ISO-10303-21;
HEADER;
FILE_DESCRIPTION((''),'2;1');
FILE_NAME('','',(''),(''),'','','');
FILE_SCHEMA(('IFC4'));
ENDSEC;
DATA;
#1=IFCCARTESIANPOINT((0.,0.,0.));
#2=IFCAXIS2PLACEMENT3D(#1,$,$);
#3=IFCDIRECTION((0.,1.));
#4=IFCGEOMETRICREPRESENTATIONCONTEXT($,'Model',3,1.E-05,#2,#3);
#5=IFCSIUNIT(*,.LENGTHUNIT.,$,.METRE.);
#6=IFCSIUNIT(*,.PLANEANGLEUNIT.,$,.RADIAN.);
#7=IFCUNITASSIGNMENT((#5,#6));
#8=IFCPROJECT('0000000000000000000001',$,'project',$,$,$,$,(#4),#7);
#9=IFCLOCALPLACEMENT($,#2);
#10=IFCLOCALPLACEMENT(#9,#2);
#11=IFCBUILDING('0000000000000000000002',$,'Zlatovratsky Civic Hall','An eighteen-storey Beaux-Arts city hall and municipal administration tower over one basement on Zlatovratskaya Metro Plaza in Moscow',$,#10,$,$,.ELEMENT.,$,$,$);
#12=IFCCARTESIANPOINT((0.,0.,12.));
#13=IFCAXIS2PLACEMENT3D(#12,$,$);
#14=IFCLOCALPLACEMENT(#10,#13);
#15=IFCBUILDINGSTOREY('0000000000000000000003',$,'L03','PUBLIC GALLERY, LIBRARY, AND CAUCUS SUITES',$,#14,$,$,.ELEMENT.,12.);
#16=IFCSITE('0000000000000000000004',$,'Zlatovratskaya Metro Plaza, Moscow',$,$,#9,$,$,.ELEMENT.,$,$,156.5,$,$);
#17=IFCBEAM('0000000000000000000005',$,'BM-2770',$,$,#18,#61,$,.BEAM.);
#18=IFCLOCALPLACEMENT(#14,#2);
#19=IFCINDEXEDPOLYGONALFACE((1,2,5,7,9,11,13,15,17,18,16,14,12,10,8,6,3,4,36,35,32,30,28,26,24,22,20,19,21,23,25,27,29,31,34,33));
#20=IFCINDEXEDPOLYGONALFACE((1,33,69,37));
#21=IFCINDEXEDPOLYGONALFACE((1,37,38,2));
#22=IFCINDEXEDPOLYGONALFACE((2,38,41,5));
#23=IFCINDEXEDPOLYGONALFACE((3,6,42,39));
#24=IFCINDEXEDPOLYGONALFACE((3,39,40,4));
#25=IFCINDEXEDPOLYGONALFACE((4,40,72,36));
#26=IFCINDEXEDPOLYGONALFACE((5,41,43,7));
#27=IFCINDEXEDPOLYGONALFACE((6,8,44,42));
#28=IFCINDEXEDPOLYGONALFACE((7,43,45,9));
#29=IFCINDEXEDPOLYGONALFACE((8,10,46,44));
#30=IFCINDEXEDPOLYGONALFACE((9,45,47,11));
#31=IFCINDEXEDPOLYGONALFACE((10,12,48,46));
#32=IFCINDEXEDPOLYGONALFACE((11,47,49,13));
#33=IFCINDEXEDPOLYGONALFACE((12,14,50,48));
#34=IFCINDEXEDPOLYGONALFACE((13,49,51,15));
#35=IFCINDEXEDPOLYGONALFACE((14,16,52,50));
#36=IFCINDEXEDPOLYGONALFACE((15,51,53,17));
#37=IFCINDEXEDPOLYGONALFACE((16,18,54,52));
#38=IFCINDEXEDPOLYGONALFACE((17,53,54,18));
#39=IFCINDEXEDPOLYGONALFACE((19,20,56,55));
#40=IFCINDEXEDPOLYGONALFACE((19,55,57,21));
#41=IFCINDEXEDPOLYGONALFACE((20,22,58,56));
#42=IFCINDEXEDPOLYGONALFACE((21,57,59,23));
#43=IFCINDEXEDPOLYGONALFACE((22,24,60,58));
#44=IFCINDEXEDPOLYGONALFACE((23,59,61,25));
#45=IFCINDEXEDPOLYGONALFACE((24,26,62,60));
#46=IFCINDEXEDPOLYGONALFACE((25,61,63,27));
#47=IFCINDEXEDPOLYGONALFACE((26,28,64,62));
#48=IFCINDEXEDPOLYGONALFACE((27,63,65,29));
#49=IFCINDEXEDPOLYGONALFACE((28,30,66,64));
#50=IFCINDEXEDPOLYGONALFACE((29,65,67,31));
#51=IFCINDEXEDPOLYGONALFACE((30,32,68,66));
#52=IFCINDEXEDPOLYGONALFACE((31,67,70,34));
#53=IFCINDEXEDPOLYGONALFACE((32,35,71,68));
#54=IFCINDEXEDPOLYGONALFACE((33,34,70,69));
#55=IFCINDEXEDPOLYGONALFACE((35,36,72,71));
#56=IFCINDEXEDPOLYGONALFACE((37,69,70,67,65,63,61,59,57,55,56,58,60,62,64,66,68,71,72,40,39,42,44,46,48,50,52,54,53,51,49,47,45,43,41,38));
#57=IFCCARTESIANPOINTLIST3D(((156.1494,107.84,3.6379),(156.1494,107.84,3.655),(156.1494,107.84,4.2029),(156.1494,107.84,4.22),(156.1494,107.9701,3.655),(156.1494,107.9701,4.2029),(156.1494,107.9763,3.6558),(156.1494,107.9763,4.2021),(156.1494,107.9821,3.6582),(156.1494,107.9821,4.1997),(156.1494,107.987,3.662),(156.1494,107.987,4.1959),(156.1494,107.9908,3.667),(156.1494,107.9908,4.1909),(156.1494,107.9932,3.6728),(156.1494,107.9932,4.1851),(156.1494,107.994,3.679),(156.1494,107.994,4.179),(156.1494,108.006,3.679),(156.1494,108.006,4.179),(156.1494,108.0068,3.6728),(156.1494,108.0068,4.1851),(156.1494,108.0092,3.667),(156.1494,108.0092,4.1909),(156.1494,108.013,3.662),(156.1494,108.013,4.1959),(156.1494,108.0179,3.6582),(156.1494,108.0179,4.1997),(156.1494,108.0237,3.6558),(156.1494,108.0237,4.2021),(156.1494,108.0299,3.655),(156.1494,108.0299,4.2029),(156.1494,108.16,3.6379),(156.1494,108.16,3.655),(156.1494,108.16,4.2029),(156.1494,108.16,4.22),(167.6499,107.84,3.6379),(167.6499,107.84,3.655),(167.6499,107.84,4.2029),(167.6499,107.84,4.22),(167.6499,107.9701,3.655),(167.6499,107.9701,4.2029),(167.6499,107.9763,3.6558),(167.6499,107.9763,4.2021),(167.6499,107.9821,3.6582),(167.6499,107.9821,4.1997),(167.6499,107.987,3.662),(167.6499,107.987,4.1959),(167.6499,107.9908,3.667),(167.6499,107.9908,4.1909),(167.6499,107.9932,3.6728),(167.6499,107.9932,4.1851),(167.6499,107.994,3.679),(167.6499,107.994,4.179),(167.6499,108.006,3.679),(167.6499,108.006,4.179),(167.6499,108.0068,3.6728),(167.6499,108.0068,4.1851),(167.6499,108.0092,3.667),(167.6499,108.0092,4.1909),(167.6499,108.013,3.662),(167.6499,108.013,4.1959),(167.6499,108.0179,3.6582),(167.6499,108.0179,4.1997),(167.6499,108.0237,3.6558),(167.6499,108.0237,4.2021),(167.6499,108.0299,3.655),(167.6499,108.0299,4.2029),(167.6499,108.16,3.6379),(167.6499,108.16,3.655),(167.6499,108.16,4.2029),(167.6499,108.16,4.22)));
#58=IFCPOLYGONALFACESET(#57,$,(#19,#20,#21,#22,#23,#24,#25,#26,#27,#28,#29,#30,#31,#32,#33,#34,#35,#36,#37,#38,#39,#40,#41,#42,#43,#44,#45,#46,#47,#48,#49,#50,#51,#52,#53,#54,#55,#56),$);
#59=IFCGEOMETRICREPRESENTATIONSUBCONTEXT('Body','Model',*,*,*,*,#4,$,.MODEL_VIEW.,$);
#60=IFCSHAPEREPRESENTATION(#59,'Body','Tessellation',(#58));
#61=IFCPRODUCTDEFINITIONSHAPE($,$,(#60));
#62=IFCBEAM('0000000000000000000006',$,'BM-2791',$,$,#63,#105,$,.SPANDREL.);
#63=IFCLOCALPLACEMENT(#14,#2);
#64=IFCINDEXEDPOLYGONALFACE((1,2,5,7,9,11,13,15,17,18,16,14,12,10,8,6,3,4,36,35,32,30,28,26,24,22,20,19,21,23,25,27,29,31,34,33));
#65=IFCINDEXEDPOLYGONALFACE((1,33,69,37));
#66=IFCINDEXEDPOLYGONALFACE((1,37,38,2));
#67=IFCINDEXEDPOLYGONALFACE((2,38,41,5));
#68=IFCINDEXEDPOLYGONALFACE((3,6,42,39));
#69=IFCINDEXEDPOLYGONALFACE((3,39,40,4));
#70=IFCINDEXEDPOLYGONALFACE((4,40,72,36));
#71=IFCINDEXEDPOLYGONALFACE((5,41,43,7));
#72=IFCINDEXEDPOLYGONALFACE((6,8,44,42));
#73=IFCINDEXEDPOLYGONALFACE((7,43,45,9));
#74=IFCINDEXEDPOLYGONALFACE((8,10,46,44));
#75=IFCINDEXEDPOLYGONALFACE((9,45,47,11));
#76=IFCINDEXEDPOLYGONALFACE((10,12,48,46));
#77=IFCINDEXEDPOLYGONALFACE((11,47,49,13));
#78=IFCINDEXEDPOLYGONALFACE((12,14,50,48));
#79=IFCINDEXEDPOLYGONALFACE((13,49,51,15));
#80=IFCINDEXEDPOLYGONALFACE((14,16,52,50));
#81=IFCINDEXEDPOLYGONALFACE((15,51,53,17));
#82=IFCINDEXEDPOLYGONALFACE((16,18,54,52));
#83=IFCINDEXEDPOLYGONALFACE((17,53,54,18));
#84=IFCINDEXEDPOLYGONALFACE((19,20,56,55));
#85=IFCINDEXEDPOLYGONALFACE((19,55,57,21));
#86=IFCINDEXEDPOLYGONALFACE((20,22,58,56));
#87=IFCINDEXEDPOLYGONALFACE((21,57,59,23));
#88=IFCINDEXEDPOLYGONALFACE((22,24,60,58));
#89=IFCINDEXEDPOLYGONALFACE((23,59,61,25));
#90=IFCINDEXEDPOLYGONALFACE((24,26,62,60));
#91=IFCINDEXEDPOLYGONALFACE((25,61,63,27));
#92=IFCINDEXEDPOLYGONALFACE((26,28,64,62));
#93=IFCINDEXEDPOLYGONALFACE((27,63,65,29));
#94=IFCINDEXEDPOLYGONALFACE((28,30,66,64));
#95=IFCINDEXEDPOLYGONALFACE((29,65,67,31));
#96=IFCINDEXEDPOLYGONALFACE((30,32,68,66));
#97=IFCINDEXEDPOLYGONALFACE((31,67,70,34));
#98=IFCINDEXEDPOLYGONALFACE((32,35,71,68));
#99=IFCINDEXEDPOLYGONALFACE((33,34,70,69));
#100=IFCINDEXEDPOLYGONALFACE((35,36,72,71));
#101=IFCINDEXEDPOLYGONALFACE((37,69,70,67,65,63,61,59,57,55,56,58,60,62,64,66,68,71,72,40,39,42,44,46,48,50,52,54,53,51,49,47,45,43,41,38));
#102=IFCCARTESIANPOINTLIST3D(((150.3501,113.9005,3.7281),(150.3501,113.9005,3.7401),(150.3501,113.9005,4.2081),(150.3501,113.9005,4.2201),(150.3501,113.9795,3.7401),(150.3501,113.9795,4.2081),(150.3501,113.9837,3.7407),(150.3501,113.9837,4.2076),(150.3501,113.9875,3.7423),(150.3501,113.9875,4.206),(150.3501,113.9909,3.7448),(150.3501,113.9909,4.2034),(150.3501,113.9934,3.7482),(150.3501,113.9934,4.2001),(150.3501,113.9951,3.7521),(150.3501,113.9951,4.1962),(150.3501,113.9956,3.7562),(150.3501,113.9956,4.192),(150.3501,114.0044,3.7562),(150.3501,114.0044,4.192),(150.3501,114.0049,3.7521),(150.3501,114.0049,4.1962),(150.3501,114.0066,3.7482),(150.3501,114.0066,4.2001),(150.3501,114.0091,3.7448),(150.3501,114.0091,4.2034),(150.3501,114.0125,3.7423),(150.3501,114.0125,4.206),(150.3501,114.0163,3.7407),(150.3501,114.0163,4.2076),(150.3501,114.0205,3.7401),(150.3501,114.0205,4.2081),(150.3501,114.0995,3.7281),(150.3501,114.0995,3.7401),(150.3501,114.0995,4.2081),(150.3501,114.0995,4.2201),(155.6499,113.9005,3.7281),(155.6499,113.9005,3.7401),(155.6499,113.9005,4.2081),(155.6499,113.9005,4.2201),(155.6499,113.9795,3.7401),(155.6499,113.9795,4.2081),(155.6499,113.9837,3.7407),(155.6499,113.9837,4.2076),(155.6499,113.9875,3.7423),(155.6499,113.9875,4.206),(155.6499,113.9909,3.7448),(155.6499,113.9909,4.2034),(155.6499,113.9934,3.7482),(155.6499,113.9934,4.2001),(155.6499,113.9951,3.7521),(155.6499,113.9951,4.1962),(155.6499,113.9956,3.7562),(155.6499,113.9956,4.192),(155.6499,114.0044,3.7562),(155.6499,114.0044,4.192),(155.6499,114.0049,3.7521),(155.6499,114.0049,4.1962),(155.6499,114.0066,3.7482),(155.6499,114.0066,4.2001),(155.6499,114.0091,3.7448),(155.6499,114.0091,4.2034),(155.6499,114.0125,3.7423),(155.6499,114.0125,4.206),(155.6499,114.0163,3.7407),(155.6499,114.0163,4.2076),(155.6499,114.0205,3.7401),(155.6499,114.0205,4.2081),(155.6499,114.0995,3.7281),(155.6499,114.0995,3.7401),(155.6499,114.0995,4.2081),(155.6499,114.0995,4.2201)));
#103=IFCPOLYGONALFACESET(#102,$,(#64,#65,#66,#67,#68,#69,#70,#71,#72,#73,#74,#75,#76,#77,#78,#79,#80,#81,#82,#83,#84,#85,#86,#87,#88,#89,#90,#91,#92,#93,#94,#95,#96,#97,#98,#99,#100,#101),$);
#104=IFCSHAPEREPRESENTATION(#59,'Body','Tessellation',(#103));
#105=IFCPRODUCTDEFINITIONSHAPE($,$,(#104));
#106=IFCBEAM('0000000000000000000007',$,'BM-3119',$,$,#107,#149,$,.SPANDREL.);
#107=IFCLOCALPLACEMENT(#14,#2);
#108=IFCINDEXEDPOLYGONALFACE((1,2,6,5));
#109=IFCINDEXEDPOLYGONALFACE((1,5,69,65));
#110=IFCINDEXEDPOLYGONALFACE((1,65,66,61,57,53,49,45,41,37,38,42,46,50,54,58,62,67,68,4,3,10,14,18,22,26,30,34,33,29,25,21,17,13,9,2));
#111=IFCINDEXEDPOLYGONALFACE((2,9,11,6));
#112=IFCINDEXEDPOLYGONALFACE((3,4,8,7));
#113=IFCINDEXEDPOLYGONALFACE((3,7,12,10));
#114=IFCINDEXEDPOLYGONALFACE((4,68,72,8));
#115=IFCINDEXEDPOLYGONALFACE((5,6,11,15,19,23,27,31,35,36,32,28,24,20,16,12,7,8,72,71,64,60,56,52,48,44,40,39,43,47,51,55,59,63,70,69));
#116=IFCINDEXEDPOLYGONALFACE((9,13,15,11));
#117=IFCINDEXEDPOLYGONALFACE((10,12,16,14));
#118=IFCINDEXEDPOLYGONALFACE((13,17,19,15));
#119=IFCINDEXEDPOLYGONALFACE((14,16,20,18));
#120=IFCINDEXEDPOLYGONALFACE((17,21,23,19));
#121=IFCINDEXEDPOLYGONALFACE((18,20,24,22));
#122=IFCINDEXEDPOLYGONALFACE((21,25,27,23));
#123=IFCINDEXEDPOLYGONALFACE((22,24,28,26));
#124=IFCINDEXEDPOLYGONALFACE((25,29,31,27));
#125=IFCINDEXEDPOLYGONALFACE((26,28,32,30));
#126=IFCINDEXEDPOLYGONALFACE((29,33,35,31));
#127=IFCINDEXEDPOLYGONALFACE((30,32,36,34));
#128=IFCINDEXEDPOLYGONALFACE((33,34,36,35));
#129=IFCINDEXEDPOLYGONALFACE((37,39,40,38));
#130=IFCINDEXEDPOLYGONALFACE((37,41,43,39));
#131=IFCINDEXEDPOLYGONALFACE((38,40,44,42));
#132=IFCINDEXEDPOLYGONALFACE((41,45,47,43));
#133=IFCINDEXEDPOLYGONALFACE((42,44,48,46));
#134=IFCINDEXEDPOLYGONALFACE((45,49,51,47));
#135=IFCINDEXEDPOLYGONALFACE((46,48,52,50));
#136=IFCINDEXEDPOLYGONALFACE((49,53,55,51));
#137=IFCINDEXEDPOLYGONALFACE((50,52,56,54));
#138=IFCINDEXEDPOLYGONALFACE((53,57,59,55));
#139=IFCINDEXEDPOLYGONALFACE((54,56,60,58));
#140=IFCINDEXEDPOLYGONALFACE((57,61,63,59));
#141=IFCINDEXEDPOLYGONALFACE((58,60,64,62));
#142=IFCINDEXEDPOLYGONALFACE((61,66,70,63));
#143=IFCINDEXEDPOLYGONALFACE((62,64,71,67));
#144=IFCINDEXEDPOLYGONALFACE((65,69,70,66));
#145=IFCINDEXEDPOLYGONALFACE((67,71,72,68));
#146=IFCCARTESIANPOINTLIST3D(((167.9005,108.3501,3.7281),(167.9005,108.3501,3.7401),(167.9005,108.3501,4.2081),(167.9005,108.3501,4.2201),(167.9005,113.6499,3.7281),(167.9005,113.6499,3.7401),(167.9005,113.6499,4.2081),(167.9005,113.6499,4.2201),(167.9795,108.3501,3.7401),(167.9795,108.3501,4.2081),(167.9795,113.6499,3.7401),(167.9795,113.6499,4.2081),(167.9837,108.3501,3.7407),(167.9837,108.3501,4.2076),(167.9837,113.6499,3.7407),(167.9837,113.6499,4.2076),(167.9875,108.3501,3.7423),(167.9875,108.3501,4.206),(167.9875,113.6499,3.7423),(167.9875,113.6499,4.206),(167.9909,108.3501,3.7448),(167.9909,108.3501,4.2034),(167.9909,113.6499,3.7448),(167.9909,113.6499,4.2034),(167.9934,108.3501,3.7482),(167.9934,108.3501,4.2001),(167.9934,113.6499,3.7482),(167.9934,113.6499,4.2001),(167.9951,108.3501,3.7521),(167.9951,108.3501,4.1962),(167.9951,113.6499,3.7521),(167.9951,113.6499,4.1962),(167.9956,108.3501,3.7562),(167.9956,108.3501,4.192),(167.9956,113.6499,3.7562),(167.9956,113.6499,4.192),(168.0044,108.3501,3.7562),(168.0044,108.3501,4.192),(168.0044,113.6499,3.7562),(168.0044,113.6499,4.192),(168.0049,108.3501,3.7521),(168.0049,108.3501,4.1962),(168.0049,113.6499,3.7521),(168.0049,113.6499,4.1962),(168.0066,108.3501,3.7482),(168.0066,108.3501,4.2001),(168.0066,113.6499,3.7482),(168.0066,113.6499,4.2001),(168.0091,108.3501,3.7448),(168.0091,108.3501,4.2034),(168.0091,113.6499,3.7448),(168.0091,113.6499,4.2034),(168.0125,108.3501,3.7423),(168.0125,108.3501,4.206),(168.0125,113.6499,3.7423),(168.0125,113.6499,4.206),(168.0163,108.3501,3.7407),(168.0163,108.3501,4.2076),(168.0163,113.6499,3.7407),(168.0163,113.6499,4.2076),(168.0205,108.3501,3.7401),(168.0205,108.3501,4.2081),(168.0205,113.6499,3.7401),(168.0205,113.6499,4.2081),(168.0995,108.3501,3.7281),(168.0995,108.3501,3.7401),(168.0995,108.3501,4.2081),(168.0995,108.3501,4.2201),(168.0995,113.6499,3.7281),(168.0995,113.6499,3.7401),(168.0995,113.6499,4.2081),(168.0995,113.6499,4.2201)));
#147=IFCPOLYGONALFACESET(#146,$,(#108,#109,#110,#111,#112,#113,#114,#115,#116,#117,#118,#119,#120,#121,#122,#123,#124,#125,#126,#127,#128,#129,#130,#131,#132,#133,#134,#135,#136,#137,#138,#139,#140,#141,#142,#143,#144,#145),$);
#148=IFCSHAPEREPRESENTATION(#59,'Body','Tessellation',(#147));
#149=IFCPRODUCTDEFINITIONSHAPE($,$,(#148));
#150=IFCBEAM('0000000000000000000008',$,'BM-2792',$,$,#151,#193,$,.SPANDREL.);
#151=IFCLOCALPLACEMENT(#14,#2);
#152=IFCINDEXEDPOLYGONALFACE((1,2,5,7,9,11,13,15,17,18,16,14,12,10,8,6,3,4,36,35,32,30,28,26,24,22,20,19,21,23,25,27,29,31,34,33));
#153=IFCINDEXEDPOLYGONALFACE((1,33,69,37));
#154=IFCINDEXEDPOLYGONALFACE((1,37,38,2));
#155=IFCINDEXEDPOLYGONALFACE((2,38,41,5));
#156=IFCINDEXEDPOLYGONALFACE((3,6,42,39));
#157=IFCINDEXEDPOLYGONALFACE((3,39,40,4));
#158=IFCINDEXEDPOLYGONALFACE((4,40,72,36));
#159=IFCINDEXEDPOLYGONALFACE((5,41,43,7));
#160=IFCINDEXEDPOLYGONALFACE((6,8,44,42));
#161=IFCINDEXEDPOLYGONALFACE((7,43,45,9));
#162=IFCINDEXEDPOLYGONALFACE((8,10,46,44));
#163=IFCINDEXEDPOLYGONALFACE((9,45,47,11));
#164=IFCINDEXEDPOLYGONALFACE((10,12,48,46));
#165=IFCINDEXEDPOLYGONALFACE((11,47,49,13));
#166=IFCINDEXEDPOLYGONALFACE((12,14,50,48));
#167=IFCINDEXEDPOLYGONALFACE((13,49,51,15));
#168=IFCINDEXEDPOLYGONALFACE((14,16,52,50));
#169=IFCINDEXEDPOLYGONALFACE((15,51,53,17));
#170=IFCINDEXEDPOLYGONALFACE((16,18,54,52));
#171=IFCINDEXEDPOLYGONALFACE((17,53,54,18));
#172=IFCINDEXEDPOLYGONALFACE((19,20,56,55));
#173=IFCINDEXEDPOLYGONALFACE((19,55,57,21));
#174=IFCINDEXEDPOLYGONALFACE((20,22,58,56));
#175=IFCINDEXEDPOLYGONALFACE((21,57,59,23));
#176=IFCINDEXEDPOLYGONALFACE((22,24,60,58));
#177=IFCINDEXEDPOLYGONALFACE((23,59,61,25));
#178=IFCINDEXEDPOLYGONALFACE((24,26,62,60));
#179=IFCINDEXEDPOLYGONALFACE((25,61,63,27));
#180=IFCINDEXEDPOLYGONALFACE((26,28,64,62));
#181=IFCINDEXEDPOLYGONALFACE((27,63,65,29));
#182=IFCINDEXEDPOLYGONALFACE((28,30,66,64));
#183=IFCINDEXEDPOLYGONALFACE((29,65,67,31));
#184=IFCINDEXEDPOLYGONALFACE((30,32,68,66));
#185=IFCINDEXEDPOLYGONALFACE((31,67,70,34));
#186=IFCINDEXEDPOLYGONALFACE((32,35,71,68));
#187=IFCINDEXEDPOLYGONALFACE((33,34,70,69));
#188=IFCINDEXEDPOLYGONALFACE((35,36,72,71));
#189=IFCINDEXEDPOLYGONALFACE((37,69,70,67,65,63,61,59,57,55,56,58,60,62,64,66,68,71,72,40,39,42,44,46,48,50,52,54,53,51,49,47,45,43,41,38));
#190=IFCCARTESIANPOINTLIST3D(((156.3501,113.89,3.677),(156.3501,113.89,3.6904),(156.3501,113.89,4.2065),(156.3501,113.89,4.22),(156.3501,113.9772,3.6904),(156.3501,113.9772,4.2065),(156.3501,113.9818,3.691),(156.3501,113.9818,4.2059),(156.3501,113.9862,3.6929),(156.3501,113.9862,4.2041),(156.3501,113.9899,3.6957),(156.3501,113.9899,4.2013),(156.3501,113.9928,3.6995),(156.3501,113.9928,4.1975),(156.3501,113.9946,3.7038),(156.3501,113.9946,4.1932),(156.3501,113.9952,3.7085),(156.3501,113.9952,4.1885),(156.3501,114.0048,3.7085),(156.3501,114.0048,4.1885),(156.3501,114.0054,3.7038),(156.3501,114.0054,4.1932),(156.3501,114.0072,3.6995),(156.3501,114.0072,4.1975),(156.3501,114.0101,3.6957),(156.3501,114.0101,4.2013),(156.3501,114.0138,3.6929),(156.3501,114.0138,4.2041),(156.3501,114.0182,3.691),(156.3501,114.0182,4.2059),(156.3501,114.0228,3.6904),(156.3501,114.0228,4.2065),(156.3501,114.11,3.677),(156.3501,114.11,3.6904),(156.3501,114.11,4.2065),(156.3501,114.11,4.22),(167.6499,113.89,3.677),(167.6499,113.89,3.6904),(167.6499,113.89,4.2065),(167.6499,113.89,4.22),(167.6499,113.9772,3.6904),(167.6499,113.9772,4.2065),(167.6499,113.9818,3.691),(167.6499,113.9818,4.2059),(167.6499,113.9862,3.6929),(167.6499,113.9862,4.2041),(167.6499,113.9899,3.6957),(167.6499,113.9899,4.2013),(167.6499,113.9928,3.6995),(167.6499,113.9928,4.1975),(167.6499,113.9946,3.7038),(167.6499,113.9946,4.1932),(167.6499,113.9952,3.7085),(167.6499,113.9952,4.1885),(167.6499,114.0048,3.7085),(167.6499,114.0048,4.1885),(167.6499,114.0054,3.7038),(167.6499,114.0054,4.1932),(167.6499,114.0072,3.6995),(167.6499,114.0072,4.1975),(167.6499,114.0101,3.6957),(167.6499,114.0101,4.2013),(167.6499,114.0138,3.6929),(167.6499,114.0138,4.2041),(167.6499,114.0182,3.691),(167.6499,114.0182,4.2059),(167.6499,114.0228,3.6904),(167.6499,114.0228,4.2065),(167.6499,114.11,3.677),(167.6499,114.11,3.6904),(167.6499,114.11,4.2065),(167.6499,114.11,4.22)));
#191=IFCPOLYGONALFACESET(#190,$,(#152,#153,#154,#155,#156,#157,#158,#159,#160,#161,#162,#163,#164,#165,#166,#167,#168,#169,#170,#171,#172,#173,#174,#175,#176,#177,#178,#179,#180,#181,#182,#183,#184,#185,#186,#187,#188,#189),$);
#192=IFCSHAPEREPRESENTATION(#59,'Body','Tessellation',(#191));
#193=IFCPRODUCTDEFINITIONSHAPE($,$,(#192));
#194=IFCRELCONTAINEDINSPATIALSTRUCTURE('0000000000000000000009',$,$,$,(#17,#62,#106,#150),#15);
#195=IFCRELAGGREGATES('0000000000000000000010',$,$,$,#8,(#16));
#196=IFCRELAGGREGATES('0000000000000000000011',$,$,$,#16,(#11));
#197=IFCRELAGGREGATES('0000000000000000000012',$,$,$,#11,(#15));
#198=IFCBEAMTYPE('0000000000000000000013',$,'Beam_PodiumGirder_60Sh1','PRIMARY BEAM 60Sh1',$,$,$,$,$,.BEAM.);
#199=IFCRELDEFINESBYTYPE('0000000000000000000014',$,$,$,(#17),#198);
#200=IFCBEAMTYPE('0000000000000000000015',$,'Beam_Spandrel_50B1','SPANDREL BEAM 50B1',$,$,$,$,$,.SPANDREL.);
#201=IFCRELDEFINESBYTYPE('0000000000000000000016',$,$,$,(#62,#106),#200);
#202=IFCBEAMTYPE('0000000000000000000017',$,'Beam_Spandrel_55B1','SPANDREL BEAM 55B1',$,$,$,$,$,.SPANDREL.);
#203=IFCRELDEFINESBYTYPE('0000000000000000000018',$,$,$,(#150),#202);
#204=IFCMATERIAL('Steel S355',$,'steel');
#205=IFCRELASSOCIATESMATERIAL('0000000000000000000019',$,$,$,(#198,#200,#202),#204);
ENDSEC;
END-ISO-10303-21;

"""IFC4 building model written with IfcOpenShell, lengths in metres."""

from ifc_helpers import new_model, si_unit, direction, frame, origin, origin_2d, place, context, subcontext, project, spatial, i_section, extrude, material, material_profile, profile_set, type_object, element, save


model = new_model("IFC4")

# Units and contexts
model_context = context("Model", 3, precision=1e-05, world=origin(), true_north=direction((0.0, 1.0)))
body_context = subcontext(model_context, "Body", "Model", "MODEL_VIEW")
ifc_project = project(units=[si_unit("LENGTHUNIT", "METRE"), si_unit("PLANEANGLEUNIT", "RADIAN")], contexts=[model_context])

# Site, building, storey
site_placement = place(None, origin())
site = spatial("IfcSite", under=ifc_project, at=site_placement, Name="Zlatovratskaya Metro Plaza, Moscow", CompositionType="ELEMENT", RefElevation=156.5)
building_placement = place(site_placement, origin())
building = spatial("IfcBuilding", under=site, at=building_placement, Name="Zlatovratsky Civic Hall", Description="An eighteen-storey Beaux-Arts city hall and municipal administration tower over one basement on Zlatovratskaya Metro Plaza in Moscow", CompositionType="ELEMENT")
storey_placement = place(building_placement, frame((0.0, 0.0, 12.0)))
storey = spatial("IfcBuildingStorey", under=building, at=storey_placement, Name="L03", Description="PUBLIC GALLERY, LIBRARY, AND CAUCUS SUITES", CompositionType="ELEMENT", Elevation=12.0)

# Shared definitions
ifc_material_1 = material(Name="Steel S355", Category="steel")

# Beams
ifc_material_profile_1 = material_profile(ifc_material_1, i_section(OverallWidth=0.3201, OverallDepth=0.582, WebThickness=0.012, FlangeThickness=0.0171, FilletRadius=0.0239, at=origin_2d()), Name="60Sh1")
ifc_profile_set_1 = profile_set([ifc_material_profile_1], Name="Steel S355")
beam_type_1 = type_object("IfcBeamType", Name="Beam_PodiumGirder_60Sh1", Description="PRIMARY BEAM 60Sh1", PredefinedType="BEAM", material=ifc_profile_set_1)
beam_1_placement = place(storey_placement, frame((156.1494, 108.0, 3.929), z_axis=(1.0, 0.0, 0.0), x_axis=(0.0, 1.0, 0.0)))
element("IfcBeam", 1, at=beam_1_placement, inside=storey, type_object=beam_type_1, Name="BM-2770", PredefinedType="BEAM", context=body_context, shape_type="SweptSolid", body=[
    extrude(i_section(OverallWidth=0.3201, OverallDepth=0.582, WebThickness=0.012, FlangeThickness=0.0171, FilletRadius=0.0239, at=origin_2d()), origin(), (0.0, 0.0, 1.0), 11.5005),
])
ifc_material_profile_2 = material_profile(ifc_material_1, i_section(OverallWidth=0.199, OverallDepth=0.4919, WebThickness=0.0088, FlangeThickness=0.012, FilletRadius=0.0161, at=origin_2d()), Name="50B1")
ifc_profile_set_2 = profile_set([ifc_material_profile_2], Name="Steel S355")
beam_type_2 = type_object("IfcBeamType", Name="Beam_Spandrel_50B1", Description="SPANDREL BEAM 50B1", PredefinedType="SPANDREL", material=ifc_profile_set_2)
for number, where, z_axis, x_axis, name in (
    (2, (150.3501, 114.0, 3.9741), (1.0, 0.0, 0.0), (0.0, 1.0, 0.0), "BM-2791"),
    (3, (168.0, 108.3501, 3.9741), (0.0, 1.0, 0.0), (-1.0, 0.0, 0.0), "BM-3119"),
):
    element("IfcBeam", number, at=place(storey_placement, frame(where, z_axis=z_axis, x_axis=x_axis)), inside=storey, type_object=beam_type_2, Name=name, PredefinedType="SPANDREL", context=body_context, shape_type="SweptSolid", body=[
        extrude(i_section(OverallWidth=0.199, OverallDepth=0.4919, WebThickness=0.0088, FlangeThickness=0.012, FilletRadius=0.0161, at=origin_2d()), origin(), (0.0, 0.0, 1.0), 5.2998),
    ])
ifc_material_profile_3 = material_profile(ifc_material_1, i_section(OverallWidth=0.22, OverallDepth=0.543, WebThickness=0.0095, FlangeThickness=0.0134, FilletRadius=0.0181, at=origin_2d()), Name="55B1")
ifc_profile_set_3 = profile_set([ifc_material_profile_3], Name="Steel S355")
beam_type_3 = type_object("IfcBeamType", Name="Beam_Spandrel_55B1", Description="SPANDREL BEAM 55B1", PredefinedType="SPANDREL", material=ifc_profile_set_3)
beam_2_placement = place(storey_placement, frame((156.3501, 114.0, 3.9485), z_axis=(1.0, 0.0, 0.0), x_axis=(0.0, 1.0, 0.0)))
element("IfcBeam", 4, at=beam_2_placement, inside=storey, type_object=beam_type_3, Name="BM-2792", PredefinedType="SPANDREL", context=body_context, shape_type="SweptSolid", body=[
    extrude(i_section(OverallWidth=0.22, OverallDepth=0.543, WebThickness=0.0095, FlangeThickness=0.0134, FilletRadius=0.0181, at=origin_2d()), origin(), (0.0, 0.0, 1.0), 11.2998),
])

save(model, "model.ifc")
